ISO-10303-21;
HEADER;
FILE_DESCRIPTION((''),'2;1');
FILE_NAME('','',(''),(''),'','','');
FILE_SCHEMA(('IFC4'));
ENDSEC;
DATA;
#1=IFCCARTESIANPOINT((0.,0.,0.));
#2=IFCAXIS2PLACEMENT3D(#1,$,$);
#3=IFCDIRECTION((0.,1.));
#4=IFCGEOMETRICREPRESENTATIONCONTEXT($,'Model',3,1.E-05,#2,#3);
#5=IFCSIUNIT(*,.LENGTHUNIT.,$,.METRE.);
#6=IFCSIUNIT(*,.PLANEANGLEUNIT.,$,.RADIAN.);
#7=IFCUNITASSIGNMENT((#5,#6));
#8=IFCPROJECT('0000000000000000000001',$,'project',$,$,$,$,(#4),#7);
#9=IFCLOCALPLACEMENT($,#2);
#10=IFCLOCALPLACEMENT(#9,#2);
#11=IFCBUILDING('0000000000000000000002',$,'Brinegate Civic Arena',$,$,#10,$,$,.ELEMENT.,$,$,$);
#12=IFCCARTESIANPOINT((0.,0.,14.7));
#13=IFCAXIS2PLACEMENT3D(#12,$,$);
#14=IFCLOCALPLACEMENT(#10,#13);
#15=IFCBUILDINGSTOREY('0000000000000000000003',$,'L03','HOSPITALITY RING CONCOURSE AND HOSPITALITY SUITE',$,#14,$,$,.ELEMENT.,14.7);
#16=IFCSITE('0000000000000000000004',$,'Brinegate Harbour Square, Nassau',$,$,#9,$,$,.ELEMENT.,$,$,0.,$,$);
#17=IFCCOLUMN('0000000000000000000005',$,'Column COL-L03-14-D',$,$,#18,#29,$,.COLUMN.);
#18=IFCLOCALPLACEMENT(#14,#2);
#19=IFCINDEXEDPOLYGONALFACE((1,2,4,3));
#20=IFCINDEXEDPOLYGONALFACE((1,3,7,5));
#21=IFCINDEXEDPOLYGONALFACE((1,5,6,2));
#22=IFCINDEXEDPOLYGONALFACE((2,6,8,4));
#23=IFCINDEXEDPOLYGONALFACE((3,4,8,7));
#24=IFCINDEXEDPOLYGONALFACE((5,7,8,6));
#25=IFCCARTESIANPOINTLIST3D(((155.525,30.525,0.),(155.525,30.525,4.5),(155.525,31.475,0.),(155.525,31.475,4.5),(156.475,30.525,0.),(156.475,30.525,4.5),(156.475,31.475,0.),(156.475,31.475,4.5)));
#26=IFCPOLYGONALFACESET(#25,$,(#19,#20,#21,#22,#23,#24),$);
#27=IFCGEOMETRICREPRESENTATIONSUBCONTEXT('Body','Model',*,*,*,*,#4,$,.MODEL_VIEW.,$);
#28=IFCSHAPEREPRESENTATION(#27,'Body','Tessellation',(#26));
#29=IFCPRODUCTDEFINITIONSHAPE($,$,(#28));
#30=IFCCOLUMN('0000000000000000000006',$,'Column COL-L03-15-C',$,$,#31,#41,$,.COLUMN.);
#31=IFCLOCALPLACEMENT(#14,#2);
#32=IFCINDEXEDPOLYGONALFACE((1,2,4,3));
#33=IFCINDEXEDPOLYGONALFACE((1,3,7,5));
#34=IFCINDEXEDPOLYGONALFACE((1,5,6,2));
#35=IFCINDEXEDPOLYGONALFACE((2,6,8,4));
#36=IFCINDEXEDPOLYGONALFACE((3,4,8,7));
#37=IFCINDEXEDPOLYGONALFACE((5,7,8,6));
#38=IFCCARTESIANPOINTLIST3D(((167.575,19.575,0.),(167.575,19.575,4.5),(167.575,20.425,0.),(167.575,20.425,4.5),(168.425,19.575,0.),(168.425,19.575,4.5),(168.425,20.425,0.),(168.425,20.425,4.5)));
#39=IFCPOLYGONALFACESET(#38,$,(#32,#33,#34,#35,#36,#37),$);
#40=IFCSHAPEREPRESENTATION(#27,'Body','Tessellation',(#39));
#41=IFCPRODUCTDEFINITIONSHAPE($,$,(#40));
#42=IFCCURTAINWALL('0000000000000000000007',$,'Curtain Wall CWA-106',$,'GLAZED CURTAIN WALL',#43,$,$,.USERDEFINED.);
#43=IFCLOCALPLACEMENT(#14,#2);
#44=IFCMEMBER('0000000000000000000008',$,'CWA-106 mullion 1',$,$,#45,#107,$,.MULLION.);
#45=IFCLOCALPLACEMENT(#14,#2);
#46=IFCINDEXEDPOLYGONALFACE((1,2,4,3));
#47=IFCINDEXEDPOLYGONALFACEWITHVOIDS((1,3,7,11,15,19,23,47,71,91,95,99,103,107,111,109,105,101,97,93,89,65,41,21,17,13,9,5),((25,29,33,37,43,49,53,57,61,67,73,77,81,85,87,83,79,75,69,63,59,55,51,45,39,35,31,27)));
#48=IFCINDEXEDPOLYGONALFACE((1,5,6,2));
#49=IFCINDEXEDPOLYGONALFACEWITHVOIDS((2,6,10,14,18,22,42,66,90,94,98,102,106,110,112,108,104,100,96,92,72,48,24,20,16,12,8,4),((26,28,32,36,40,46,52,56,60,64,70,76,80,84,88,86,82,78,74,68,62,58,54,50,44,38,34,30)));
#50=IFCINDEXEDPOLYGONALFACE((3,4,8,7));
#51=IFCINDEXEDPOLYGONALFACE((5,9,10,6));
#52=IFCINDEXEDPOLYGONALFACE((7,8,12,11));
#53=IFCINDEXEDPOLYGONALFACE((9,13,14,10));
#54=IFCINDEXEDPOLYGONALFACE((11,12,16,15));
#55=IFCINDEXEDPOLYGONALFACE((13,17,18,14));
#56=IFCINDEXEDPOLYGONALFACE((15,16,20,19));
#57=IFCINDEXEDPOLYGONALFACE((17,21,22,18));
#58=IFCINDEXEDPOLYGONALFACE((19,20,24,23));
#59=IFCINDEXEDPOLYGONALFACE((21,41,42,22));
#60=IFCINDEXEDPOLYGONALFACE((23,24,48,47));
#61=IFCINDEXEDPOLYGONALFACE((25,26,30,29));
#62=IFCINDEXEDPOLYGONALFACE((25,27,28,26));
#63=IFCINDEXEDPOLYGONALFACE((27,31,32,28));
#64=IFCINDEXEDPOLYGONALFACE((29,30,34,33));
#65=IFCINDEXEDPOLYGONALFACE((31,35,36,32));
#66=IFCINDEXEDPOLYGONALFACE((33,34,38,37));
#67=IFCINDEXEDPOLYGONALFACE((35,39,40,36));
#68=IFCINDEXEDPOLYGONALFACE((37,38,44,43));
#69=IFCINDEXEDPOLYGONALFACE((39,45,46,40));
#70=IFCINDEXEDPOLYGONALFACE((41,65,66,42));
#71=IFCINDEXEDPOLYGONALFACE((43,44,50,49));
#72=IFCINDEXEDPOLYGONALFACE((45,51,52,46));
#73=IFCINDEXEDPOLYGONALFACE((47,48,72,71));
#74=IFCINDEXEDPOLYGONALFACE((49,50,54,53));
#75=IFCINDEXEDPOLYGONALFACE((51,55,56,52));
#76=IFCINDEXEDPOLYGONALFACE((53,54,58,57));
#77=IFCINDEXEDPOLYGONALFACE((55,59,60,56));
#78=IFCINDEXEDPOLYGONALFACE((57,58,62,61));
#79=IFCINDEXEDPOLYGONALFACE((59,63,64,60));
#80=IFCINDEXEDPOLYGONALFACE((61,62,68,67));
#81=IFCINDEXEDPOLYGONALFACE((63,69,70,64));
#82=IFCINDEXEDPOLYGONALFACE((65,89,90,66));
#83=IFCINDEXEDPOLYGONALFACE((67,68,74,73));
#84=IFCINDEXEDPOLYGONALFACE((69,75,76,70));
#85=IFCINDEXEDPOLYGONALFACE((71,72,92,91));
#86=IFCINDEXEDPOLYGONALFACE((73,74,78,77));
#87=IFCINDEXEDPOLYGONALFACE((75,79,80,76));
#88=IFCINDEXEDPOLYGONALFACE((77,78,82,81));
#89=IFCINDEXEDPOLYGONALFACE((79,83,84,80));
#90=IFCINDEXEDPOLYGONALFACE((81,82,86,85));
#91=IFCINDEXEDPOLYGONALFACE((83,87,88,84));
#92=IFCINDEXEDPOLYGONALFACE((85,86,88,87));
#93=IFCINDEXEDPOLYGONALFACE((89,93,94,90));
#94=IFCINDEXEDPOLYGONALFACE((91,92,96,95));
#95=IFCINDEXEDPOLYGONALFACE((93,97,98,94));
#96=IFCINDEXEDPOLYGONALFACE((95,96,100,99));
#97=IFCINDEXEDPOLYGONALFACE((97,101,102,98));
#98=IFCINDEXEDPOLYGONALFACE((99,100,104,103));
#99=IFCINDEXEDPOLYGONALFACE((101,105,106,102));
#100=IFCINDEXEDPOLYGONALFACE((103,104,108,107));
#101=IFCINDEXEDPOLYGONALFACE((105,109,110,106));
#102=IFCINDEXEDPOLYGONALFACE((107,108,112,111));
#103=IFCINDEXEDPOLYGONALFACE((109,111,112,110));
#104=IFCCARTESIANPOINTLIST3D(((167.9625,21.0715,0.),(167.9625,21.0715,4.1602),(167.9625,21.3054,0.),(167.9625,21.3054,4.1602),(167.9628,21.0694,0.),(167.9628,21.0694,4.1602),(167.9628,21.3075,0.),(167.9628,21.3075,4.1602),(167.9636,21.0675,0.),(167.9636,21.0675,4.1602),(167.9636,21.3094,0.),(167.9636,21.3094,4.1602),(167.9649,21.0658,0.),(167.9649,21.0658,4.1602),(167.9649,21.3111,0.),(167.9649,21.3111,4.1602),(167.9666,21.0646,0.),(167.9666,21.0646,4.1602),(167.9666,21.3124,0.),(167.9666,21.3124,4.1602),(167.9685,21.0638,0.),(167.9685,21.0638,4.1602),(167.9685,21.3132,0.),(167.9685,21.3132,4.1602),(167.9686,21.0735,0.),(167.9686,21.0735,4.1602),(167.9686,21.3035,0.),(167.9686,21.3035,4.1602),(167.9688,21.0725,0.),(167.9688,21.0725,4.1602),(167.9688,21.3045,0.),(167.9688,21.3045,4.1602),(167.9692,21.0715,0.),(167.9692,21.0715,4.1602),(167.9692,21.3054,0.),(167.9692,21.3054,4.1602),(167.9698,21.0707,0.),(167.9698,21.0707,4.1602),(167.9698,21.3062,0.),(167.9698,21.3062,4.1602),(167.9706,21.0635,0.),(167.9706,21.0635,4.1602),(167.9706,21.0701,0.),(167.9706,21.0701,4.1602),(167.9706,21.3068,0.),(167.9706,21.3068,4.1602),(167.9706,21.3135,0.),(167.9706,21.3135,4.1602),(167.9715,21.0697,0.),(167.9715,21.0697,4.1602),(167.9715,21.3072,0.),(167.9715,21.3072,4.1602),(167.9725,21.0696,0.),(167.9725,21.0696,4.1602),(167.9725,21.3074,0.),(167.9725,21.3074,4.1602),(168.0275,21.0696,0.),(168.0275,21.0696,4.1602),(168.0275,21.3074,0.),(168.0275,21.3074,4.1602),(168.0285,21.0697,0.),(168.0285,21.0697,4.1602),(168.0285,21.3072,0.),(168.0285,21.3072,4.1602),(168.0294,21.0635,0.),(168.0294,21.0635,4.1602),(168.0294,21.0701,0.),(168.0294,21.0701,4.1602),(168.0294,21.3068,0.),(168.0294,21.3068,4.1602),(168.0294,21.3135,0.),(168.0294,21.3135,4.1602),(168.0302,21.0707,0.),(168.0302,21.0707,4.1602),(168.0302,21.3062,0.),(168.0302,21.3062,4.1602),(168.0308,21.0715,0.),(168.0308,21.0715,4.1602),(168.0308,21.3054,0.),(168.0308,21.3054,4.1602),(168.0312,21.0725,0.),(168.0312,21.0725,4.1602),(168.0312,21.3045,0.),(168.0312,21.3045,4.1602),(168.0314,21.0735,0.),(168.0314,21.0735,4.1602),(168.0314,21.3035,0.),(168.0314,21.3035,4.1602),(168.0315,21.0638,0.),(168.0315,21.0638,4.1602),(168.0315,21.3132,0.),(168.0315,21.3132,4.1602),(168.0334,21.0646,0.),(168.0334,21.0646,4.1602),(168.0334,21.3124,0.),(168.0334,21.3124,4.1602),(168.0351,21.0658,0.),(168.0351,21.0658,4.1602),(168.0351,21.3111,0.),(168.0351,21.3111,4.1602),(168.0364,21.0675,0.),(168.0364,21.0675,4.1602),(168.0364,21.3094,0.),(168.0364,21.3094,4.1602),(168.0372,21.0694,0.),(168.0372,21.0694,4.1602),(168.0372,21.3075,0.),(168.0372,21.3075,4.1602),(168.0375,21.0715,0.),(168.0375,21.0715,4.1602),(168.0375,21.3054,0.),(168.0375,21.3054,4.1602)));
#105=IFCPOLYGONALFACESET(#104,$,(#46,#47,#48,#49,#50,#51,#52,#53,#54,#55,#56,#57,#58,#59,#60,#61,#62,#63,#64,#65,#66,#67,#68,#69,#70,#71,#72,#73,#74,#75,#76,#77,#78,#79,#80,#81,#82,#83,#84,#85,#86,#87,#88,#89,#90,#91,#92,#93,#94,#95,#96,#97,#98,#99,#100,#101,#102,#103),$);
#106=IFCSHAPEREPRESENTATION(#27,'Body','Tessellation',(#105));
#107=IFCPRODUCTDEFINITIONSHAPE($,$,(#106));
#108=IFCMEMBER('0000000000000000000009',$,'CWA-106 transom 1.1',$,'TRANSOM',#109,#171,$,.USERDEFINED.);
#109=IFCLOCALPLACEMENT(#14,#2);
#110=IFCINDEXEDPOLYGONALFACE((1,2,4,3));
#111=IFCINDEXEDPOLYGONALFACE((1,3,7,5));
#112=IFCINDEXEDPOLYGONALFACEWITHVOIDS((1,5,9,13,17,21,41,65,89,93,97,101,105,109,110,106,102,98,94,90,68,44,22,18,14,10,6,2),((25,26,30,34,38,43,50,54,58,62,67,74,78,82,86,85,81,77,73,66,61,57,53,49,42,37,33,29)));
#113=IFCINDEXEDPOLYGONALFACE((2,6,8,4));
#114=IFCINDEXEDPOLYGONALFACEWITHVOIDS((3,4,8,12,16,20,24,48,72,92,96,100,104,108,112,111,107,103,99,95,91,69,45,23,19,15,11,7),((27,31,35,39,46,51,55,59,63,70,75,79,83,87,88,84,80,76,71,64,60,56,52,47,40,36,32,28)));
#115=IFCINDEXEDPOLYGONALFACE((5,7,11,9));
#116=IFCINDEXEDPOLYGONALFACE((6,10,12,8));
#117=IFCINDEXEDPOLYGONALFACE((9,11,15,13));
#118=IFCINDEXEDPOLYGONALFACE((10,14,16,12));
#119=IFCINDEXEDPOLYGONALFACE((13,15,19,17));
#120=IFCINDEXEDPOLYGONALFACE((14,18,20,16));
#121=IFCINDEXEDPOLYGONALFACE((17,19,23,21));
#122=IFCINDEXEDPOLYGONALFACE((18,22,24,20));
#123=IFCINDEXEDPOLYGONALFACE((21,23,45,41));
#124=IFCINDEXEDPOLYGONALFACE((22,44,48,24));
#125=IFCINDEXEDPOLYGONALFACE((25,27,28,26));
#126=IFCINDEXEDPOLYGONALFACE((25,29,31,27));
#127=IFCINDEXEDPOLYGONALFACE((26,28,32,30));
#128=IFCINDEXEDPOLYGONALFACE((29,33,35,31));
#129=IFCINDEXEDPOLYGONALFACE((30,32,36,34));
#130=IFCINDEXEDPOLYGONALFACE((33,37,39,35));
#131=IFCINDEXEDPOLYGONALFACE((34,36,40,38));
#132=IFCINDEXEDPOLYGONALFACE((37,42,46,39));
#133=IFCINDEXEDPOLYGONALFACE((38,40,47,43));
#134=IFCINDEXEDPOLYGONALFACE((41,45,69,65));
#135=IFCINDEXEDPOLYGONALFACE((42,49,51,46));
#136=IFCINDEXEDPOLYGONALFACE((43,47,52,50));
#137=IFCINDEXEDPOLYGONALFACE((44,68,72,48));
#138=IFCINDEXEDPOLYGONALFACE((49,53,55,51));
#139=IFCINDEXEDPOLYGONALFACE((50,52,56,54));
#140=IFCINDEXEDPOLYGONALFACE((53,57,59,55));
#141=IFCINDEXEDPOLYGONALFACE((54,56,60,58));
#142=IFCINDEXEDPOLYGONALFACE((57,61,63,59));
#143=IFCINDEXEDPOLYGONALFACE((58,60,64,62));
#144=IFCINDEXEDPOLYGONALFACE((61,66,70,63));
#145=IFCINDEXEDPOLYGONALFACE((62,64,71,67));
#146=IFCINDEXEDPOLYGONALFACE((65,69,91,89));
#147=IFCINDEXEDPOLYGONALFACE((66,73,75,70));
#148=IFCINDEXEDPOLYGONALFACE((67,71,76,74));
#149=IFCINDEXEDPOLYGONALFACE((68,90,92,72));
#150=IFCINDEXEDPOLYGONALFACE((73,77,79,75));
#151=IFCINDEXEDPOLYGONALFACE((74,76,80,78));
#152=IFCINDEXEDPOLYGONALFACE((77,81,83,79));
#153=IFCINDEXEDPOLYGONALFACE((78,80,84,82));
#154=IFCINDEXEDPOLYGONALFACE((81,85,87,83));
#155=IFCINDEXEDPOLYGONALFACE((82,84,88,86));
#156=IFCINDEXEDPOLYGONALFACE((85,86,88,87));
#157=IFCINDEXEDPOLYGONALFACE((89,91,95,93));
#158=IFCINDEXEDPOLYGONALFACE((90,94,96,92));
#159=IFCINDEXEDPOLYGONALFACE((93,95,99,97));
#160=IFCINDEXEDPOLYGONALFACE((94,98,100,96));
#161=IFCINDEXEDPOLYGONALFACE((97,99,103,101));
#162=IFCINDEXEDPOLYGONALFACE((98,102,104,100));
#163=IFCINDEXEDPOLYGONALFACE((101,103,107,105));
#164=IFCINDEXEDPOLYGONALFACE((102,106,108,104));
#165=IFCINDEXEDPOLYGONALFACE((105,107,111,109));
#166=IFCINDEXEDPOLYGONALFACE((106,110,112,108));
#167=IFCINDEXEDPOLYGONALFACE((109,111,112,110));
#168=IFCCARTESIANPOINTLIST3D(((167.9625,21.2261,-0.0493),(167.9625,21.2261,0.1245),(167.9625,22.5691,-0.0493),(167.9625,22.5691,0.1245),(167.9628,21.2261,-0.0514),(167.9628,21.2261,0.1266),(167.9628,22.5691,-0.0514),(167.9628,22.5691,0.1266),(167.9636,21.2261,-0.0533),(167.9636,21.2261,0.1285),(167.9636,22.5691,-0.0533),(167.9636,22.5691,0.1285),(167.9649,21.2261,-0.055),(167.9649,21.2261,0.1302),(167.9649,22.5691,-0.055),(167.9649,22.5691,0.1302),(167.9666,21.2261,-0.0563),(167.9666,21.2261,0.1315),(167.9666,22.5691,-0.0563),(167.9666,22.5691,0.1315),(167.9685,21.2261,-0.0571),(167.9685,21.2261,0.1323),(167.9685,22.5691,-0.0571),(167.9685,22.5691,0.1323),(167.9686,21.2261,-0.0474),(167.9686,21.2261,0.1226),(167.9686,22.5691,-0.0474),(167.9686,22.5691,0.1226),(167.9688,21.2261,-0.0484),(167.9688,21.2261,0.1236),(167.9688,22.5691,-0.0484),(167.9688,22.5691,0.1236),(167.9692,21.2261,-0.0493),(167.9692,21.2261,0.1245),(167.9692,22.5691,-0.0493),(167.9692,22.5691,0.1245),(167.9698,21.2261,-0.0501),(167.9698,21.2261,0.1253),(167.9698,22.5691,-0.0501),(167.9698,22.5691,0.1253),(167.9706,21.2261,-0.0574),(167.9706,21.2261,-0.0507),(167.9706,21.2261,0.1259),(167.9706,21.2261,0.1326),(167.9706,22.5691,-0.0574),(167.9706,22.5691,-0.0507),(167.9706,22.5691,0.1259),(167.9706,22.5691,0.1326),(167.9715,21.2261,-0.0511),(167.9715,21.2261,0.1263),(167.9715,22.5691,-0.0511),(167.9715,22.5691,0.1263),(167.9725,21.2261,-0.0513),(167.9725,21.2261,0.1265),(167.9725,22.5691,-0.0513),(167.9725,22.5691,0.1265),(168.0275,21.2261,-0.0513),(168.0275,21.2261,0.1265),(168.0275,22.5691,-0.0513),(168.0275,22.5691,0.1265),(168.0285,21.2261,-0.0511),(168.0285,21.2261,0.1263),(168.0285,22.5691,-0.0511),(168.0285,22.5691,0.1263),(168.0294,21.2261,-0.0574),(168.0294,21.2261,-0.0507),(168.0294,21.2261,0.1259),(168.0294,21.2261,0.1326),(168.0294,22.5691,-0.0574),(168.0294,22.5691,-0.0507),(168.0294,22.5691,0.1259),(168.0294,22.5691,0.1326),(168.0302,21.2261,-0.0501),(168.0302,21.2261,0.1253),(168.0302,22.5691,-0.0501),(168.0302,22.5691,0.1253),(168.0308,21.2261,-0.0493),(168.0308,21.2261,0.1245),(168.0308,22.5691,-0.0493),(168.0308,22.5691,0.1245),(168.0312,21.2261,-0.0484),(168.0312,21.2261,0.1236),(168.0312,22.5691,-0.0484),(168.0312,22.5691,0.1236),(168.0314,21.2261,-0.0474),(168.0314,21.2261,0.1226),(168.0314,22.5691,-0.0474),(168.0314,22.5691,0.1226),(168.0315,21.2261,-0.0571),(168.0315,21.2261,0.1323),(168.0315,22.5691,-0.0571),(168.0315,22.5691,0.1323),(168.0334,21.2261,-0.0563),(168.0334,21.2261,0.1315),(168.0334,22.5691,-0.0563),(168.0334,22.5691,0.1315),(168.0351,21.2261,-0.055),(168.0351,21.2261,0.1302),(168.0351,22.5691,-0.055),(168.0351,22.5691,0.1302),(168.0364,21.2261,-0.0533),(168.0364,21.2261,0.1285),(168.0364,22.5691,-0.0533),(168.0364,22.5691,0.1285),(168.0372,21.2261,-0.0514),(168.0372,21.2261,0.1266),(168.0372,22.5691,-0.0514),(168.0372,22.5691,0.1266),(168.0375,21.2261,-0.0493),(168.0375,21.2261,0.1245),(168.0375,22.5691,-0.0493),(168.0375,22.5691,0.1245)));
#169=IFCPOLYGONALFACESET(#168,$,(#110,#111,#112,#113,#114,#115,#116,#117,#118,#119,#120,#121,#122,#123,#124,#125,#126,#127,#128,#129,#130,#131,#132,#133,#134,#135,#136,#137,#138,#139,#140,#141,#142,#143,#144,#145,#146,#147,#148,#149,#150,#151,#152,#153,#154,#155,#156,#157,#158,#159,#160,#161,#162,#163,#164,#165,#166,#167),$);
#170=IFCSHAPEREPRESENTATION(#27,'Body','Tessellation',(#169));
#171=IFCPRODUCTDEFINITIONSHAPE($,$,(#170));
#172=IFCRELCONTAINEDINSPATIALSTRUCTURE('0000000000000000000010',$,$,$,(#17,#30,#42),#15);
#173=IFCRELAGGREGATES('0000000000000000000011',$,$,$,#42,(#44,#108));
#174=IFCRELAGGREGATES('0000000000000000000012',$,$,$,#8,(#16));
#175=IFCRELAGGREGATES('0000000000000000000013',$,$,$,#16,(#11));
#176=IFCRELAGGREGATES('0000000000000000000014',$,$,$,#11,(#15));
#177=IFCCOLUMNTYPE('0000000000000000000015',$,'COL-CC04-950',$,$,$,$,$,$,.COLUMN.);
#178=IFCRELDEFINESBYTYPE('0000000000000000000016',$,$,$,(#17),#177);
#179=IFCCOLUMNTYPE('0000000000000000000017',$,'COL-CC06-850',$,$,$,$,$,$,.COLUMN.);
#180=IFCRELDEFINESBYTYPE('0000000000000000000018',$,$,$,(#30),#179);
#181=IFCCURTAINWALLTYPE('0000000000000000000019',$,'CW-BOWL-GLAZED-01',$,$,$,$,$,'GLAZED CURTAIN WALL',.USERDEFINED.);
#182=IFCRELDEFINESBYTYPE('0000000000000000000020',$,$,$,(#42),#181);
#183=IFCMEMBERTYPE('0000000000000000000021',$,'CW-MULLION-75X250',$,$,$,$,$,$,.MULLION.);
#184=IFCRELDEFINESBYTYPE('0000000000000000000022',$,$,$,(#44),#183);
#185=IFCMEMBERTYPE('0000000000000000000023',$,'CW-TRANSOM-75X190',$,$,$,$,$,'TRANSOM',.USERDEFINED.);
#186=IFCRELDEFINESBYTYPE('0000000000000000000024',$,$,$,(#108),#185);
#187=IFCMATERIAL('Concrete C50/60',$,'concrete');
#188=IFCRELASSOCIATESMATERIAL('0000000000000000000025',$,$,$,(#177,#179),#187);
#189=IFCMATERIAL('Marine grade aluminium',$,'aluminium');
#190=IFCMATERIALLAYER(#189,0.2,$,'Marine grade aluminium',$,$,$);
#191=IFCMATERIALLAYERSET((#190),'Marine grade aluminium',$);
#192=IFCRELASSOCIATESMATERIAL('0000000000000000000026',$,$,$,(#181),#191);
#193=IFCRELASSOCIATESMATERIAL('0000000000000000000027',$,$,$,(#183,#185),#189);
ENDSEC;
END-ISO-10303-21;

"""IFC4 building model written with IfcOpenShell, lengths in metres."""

from ifc_helpers import new_model, si_unit, direction, frame, origin, origin_2d, place, context, subcontext, project, spatial, rectangle, hollow_rectangle, extrude, material, layer, layer_set, material_profile, profile_set, type_object, element, aggregate, save


model = new_model("IFC4")

# Units and contexts
model_context = context("Model", 3, precision=1e-05, world=origin(), true_north=direction((0.0, 1.0)))
body_context = subcontext(model_context, "Body", "Model", "MODEL_VIEW")
ifc_project = project(units=[si_unit("LENGTHUNIT", "METRE"), si_unit("PLANEANGLEUNIT", "RADIAN")], contexts=[model_context])

# Site, building, storey
site_placement = place(None, origin())
site = spatial("IfcSite", under=ifc_project, at=site_placement, Name="Brinegate Harbour Square, Nassau", CompositionType="ELEMENT", RefElevation=0.0)
building_placement = place(site_placement, origin())
building = spatial("IfcBuilding", under=site, at=building_placement, Name="Brinegate Civic Arena", CompositionType="ELEMENT")
storey_placement = place(building_placement, frame((0.0, 0.0, 14.7)))
storey = spatial("IfcBuildingStorey", under=building, at=storey_placement, Name="L03", Description="HOSPITALITY RING CONCOURSE AND HOSPITALITY SUITE", CompositionType="ELEMENT", Elevation=14.7)

# Columns
ifc_material_1 = material(Name="Concrete C50/60", Category="concrete")
ifc_material_profile_1 = material_profile(ifc_material_1, rectangle(XDim=0.95, YDim=0.95, at=origin_2d()), Name="RC950X950")
ifc_profile_set_1 = profile_set([ifc_material_profile_1], Name="Concrete C50/60")
column_type_1 = type_object("IfcColumnType", Name="COL-CC04-950", PredefinedType="COLUMN", material=ifc_profile_set_1)
column_1_placement = place(storey_placement, frame((156.0, 31.0, 0.0), z_axis=(0.0, 0.0, 1.0), x_axis=(1.0, 0.0, 0.0)))
element("IfcColumn", 1, at=column_1_placement, inside=storey, type_object=column_type_1, Name="Column COL-L03-14-D", PredefinedType="COLUMN", context=body_context, shape_type="SweptSolid", body=[
    extrude(rectangle(XDim=0.95, YDim=0.95, at=origin_2d()), origin(), (0.0, 0.0, 1.0), 4.5),
])
ifc_material_profile_2 = material_profile(ifc_material_1, rectangle(XDim=0.8501, YDim=0.8501, at=origin_2d()), Name="RC850X850")
ifc_profile_set_2 = profile_set([ifc_material_profile_2], Name="Concrete C50/60")
column_type_2 = type_object("IfcColumnType", Name="COL-CC06-850", PredefinedType="COLUMN", material=ifc_profile_set_2)
column_2_placement = place(storey_placement, frame((168.0, 20.0, 0.0), z_axis=(0.0, 0.0, 1.0), x_axis=(1.0, 0.0, 0.0)))
element("IfcColumn", 2, at=column_2_placement, inside=storey, type_object=column_type_2, Name="Column COL-L03-15-C", PredefinedType="COLUMN", context=body_context, shape_type="SweptSolid", body=[
    extrude(rectangle(XDim=0.8501, YDim=0.8501, at=origin_2d()), origin(), (0.0, 0.0, 1.0), 4.5),
])

# Curtain wall, members
ifc_material_2 = material(Name="Marine grade aluminium", Category="aluminium")
ifc_layer_1 = layer(ifc_material_2, 0.2, Name="Marine grade aluminium")
ifc_layer_set_1 = layer_set([ifc_layer_1], Name="Marine grade aluminium")
curtain_wall_type = type_object("IfcCurtainWallType", Name="CW-BOWL-GLAZED-01", ElementType="GLAZED CURTAIN WALL", PredefinedType="USERDEFINED", material=ifc_layer_set_1)
curtain_wall_placement = place(storey_placement, origin())
curtain_wall = element("IfcCurtainWall", 3, at=curtain_wall_placement, inside=storey, type_object=curtain_wall_type, Name="Curtain Wall CWA-106", ObjectType="GLAZED CURTAIN WALL", PredefinedType="USERDEFINED")
ifc_material_profile_3 = material_profile(ifc_material_2, hollow_rectangle(XDim=0.075, YDim=0.25, WallThickness=0.0061, InnerFilletRadius=0.0039, OuterFilletRadius=0.0081, at=origin_2d()), Name="MUL75X250")
ifc_profile_set_3 = profile_set([ifc_material_profile_3], Name="Marine grade aluminium")
member_type_1 = type_object("IfcMemberType", Name="CW-MULLION-75X250", PredefinedType="MULLION", material=ifc_profile_set_3)
member_1_placement = place(storey_placement, frame((168.0, 21.1885, 0.0), z_axis=(0.0, 0.0, 1.0), x_axis=(-1.0, 0.0, 0.0)))
member_1 = element("IfcMember", 4, at=member_1_placement, type_object=member_type_1, Name="CWA-106 mullion 1", PredefinedType="MULLION", context=body_context, shape_type="SweptSolid", body=[
    extrude(hollow_rectangle(XDim=0.075, YDim=0.25, WallThickness=0.0061, InnerFilletRadius=0.0039, OuterFilletRadius=0.0081, at=origin_2d()), origin(), (0.0, 0.0, 1.0), 4.1602),
])
ifc_material_profile_4 = material_profile(ifc_material_2, hollow_rectangle(XDim=0.075, YDim=0.1899, WallThickness=0.0061, InnerFilletRadius=0.0039, OuterFilletRadius=0.0081, at=origin_2d()), Name="TRN75X190")
ifc_profile_set_4 = profile_set([ifc_material_profile_4], Name="Marine grade aluminium")
member_type_2 = type_object("IfcMemberType", Name="CW-TRANSOM-75X190", ElementType="TRANSOM", PredefinedType="USERDEFINED", material=ifc_profile_set_4)
member_2_placement = place(storey_placement, frame((168.0, 21.2261, 0.0376), z_axis=(0.0, 1.0, 0.0), x_axis=(-1.0, 0.0, 0.0)))
member_2 = element("IfcMember", 5, at=member_2_placement, type_object=member_type_2, Name="CWA-106 transom 1.1", ObjectType="TRANSOM", PredefinedType="USERDEFINED", context=body_context, shape_type="SweptSolid", body=[
    extrude(hollow_rectangle(XDim=0.075, YDim=0.1899, WallThickness=0.0061, InnerFilletRadius=0.0039, OuterFilletRadius=0.0081, at=origin_2d()), origin(), (0.0, 0.0, 1.0), 1.343),
])

aggregate(curtain_wall, [member_1, member_2])

save(model, "model.ifc")
